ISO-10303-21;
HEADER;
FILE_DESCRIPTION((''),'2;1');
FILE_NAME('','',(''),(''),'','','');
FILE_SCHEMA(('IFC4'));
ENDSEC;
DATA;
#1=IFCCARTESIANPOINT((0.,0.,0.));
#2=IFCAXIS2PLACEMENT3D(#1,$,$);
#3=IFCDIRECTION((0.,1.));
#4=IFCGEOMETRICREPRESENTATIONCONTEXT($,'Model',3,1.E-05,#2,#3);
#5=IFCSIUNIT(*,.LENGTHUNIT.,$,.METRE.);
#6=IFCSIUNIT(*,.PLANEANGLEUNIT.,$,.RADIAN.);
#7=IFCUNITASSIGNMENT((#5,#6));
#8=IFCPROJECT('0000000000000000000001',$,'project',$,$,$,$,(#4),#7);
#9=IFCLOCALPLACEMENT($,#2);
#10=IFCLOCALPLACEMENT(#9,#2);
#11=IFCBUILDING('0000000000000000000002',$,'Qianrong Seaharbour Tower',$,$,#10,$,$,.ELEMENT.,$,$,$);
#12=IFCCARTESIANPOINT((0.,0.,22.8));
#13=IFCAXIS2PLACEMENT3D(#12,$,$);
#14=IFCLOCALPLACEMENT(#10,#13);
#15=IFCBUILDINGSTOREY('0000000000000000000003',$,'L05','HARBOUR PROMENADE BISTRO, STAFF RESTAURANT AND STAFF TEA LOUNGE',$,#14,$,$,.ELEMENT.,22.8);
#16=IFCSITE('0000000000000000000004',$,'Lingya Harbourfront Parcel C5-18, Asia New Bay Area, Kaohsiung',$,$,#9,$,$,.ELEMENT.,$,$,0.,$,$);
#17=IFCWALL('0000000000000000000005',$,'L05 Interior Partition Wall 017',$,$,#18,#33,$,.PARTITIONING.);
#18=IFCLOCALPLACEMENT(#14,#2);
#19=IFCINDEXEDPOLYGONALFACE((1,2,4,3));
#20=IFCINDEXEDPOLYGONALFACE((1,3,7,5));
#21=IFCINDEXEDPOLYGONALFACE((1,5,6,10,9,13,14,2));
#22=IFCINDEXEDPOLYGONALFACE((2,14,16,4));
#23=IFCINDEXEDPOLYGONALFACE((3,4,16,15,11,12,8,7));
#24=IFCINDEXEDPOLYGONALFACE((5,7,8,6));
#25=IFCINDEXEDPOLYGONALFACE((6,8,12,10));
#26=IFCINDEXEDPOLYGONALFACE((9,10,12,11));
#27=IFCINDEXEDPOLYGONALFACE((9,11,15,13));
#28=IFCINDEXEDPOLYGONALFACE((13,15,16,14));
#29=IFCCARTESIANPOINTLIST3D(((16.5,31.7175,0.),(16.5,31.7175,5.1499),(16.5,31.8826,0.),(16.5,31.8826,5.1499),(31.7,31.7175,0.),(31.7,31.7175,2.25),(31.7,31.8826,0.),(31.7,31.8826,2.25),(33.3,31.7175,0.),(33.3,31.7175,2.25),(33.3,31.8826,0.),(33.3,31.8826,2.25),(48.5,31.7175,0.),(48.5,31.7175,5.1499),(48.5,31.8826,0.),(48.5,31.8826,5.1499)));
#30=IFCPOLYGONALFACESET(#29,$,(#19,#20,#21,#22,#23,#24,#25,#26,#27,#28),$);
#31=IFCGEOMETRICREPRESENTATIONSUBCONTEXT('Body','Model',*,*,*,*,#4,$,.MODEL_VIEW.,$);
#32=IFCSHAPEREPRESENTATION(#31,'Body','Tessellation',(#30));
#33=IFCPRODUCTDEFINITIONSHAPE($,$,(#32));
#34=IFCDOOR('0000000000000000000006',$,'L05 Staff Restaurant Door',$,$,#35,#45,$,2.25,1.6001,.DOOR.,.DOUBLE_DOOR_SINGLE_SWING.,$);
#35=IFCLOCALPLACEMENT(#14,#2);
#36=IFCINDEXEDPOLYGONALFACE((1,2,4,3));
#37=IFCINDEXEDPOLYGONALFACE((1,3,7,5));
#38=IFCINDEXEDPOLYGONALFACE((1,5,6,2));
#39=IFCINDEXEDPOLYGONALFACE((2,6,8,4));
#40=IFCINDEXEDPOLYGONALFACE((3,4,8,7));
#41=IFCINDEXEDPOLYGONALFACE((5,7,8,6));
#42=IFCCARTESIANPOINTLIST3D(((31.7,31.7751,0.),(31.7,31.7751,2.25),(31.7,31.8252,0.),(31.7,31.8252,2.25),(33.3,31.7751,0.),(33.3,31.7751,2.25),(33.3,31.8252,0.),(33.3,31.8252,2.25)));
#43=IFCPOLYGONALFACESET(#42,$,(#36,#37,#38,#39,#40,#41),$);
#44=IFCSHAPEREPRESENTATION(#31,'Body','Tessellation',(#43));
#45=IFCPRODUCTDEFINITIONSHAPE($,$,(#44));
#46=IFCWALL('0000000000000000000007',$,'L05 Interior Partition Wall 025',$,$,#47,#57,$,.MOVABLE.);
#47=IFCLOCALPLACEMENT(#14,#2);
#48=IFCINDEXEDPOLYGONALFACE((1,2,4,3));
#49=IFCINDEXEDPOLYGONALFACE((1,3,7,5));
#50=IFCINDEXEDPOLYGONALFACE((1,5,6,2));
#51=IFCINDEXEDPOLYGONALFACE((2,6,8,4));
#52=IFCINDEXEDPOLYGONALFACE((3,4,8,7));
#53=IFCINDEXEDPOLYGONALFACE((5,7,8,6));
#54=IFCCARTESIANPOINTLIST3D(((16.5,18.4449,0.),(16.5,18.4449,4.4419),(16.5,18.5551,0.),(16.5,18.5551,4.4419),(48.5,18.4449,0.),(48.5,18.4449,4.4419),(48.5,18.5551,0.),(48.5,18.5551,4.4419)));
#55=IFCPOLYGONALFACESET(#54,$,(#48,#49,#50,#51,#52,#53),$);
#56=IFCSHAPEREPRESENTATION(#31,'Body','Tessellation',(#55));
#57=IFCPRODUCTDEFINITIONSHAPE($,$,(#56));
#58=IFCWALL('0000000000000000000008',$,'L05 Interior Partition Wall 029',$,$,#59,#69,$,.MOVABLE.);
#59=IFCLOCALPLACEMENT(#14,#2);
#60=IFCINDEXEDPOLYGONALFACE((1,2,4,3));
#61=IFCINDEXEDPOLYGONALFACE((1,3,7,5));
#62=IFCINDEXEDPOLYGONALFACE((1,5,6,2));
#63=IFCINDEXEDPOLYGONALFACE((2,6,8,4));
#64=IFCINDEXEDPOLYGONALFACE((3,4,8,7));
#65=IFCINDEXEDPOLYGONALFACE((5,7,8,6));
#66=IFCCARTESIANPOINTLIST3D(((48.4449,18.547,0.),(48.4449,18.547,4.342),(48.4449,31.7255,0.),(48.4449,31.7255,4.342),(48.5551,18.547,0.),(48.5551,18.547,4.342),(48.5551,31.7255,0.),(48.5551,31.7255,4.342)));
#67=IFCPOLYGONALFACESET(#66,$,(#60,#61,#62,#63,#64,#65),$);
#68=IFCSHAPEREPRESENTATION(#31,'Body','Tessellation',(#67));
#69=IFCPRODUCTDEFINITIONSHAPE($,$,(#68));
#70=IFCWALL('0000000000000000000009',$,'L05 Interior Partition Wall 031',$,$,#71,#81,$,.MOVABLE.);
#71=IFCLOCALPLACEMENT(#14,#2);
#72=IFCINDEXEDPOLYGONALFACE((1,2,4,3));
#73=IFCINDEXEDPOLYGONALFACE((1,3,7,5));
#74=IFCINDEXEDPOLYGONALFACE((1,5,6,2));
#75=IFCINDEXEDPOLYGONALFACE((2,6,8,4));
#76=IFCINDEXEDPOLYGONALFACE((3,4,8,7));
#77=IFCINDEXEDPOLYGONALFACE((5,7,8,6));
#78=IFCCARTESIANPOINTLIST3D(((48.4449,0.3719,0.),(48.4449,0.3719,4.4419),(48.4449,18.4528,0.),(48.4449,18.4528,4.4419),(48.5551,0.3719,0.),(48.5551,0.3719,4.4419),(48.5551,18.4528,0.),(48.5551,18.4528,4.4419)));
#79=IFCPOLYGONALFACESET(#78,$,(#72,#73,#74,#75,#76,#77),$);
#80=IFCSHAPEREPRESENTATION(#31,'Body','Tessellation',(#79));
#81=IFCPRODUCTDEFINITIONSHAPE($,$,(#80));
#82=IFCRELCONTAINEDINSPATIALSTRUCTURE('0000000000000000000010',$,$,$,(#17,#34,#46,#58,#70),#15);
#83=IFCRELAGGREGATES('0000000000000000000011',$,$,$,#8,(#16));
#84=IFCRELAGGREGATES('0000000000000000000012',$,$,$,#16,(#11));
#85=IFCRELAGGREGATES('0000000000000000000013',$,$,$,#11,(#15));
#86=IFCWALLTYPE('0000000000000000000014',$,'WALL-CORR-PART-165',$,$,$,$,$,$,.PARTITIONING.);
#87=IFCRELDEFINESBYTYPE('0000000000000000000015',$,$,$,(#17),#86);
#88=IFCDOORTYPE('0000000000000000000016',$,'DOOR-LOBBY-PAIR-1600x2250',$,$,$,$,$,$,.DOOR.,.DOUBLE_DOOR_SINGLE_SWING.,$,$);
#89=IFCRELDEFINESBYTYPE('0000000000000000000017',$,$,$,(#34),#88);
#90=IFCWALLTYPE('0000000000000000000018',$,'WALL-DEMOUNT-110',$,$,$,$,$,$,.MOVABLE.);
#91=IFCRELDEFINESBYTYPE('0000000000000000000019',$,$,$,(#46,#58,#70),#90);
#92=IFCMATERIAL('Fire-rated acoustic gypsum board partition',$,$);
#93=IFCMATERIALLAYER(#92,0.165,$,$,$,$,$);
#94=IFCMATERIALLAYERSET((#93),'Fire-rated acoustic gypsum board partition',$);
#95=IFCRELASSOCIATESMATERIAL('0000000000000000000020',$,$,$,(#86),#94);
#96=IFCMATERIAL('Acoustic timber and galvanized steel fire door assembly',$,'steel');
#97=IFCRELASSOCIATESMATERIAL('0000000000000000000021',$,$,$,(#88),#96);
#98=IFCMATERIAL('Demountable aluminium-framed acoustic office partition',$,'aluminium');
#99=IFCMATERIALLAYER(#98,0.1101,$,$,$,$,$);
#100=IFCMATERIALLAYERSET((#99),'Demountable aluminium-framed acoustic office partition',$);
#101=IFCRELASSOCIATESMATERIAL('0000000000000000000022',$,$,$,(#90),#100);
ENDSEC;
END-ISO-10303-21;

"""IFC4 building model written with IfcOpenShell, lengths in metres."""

from ifc_helpers import new_model, si_unit, direction, frame, frame_2d, origin, place, context, subcontext, project, spatial, rectangle, extrude, material, layer, layer_set, type_object, element, fill, save


model = new_model("IFC4")

# Units and contexts
model_context = context("Model", 3, precision=1e-05, world=origin(), true_north=direction((0.0, 1.0)))
body_context = subcontext(model_context, "Body", "Model", "MODEL_VIEW")
ifc_project = project(units=[si_unit("LENGTHUNIT", "METRE"), si_unit("PLANEANGLEUNIT", "RADIAN")], contexts=[model_context])

# Site, building, storey
site_placement = place(None, origin())
site = spatial("IfcSite", under=ifc_project, at=site_placement, Name="Lingya Harbourfront Parcel C5-18, Asia New Bay Area, Kaohsiung", CompositionType="ELEMENT", RefElevation=0.0)
building_placement = place(site_placement, origin())
building = spatial("IfcBuilding", under=site, at=building_placement, Name="Qianrong Seaharbour Tower", CompositionType="ELEMENT")
storey_placement = place(building_placement, frame((0.0, 0.0, 22.8)))
storey = spatial("IfcBuildingStorey", under=building, at=storey_placement, Name="L05", Description="HARBOUR PROMENADE BISTRO, STAFF RESTAURANT AND STAFF TEA LOUNGE", CompositionType="ELEMENT", Elevation=22.8)

# Wall, opening, door
ifc_material_1 = material(Name="Fire-rated acoustic gypsum board partition")
ifc_layer_1 = layer(ifc_material_1, 0.165)
ifc_layer_set_1 = layer_set([ifc_layer_1], Name="Fire-rated acoustic gypsum board partition")
wall_type_1 = type_object("IfcWallType", Name="WALL-CORR-PART-165", PredefinedType="PARTITIONING", material=ifc_layer_set_1)
wall_1_placement = place(storey_placement, frame((48.5, 31.8, 0.0), z_axis=(0.0, 0.0, 1.0), x_axis=(-1.0, 0.0, 0.0)))
wall_1 = element("IfcWall", 1, at=wall_1_placement, inside=storey, type_object=wall_type_1, Name="L05 Interior Partition Wall 017", PredefinedType="PARTITIONING", context=body_context, shape_type="SweptSolid", body=[
    extrude(rectangle(XDim=32.0, YDim=0.165, at=frame_2d((16.0, 0.0))), origin(), (0.0, 0.0, 1.0), 5.1499),
])
opening_placement = place(wall_1_placement, frame((15.2, 0.0, 0.0)))
opening = element("IfcOpeningElement", 2, at=opening_placement, cuts=wall_1, PredefinedType="OPENING", context=body_context, shape_type="SweptSolid", body=[
    extrude(rectangle(XDim=1.6001, YDim=2.25, at=frame_2d((0.8, 1.125))), frame((0.0, 0.0925, 0.0), z_axis=(0.0, -1.0, 0.0), x_axis=(1.0, 0.0, 0.0)), (0.0, 0.0, 1.0), 0.1851),
])
ifc_material_2 = material(Name="Acoustic timber and galvanized steel fire door assembly", Category="steel")
door_type = type_object("IfcDoorType", Name="DOOR-LOBBY-PAIR-1600x2250", OperationType="DOUBLE_DOOR_SINGLE_SWING", PredefinedType="DOOR", material=ifc_material_2)
door_placement = place(opening_placement, origin())
door = element("IfcDoor", 3, at=door_placement, inside=storey, type_object=door_type, Name="L05 Staff Restaurant Door", OperationType="DOUBLE_DOOR_SINGLE_SWING", OverallHeight=2.25, OverallWidth=1.6001, PredefinedType="DOOR", context=body_context, shape_type="SweptSolid", body=[
    extrude(rectangle(XDim=1.6001, YDim=2.25, at=frame_2d((0.8, 1.125))), frame((0.0, 0.0249, 0.0), z_axis=(0.0, -1.0, 0.0), x_axis=(1.0, 0.0, 0.0)), (0.0, 0.0, 1.0), 0.05),
])
fill(opening, door)

# Walls
ifc_material_3 = material(Name="Demountable aluminium-framed acoustic office partition", Category="aluminium")
ifc_layer_2 = layer(ifc_material_3, 0.1101)
ifc_layer_set_2 = layer_set([ifc_layer_2], Name="Demountable aluminium-framed acoustic office partition")
wall_type_2 = type_object("IfcWallType", Name="WALL-DEMOUNT-110", PredefinedType="MOVABLE", material=ifc_layer_set_2)
wall_2_placement = place(storey_placement, frame((48.5, 18.5, 0.0), z_axis=(0.0, 0.0, 1.0), x_axis=(-1.0, 0.0, 0.0)))
element("IfcWall", 4, at=wall_2_placement, inside=storey, type_object=wall_type_2, Name="L05 Interior Partition Wall 025", PredefinedType="MOVABLE", context=body_context, shape_type="SweptSolid", body=[
    extrude(rectangle(XDim=32.0, YDim=0.1101, at=frame_2d((16.0, 0.0))), origin(), (0.0, 0.0, 1.0), 4.4419),
])
wall_3_placement = place(storey_placement, frame((48.5, 31.7256, 0.0), z_axis=(0.0, 0.0, 1.0), x_axis=(0.0, -1.0, 0.0)))
element("IfcWall", 5, at=wall_3_placement, inside=storey, type_object=wall_type_2, Name="L05 Interior Partition Wall 029", PredefinedType="MOVABLE", context=body_context, shape_type="SweptSolid", body=[
    extrude(rectangle(XDim=13.1785, YDim=0.1101, at=frame_2d((6.5894, 0.0))), origin(), (0.0, 0.0, 1.0), 4.342),
])
wall_4_placement = place(storey_placement, frame((48.5, 18.4529, 0.0), z_axis=(0.0, 0.0, 1.0), x_axis=(0.0, -1.0, 0.0)))
element("IfcWall", 6, at=wall_4_placement, inside=storey, type_object=wall_type_2, Name="L05 Interior Partition Wall 031", PredefinedType="MOVABLE", context=body_context, shape_type="SweptSolid", body=[
    extrude(rectangle(XDim=18.0808, YDim=0.1101, at=frame_2d((9.0405, 0.0))), origin(), (0.0, 0.0, 1.0), 4.4419),
])

save(model, "model.ifc")
